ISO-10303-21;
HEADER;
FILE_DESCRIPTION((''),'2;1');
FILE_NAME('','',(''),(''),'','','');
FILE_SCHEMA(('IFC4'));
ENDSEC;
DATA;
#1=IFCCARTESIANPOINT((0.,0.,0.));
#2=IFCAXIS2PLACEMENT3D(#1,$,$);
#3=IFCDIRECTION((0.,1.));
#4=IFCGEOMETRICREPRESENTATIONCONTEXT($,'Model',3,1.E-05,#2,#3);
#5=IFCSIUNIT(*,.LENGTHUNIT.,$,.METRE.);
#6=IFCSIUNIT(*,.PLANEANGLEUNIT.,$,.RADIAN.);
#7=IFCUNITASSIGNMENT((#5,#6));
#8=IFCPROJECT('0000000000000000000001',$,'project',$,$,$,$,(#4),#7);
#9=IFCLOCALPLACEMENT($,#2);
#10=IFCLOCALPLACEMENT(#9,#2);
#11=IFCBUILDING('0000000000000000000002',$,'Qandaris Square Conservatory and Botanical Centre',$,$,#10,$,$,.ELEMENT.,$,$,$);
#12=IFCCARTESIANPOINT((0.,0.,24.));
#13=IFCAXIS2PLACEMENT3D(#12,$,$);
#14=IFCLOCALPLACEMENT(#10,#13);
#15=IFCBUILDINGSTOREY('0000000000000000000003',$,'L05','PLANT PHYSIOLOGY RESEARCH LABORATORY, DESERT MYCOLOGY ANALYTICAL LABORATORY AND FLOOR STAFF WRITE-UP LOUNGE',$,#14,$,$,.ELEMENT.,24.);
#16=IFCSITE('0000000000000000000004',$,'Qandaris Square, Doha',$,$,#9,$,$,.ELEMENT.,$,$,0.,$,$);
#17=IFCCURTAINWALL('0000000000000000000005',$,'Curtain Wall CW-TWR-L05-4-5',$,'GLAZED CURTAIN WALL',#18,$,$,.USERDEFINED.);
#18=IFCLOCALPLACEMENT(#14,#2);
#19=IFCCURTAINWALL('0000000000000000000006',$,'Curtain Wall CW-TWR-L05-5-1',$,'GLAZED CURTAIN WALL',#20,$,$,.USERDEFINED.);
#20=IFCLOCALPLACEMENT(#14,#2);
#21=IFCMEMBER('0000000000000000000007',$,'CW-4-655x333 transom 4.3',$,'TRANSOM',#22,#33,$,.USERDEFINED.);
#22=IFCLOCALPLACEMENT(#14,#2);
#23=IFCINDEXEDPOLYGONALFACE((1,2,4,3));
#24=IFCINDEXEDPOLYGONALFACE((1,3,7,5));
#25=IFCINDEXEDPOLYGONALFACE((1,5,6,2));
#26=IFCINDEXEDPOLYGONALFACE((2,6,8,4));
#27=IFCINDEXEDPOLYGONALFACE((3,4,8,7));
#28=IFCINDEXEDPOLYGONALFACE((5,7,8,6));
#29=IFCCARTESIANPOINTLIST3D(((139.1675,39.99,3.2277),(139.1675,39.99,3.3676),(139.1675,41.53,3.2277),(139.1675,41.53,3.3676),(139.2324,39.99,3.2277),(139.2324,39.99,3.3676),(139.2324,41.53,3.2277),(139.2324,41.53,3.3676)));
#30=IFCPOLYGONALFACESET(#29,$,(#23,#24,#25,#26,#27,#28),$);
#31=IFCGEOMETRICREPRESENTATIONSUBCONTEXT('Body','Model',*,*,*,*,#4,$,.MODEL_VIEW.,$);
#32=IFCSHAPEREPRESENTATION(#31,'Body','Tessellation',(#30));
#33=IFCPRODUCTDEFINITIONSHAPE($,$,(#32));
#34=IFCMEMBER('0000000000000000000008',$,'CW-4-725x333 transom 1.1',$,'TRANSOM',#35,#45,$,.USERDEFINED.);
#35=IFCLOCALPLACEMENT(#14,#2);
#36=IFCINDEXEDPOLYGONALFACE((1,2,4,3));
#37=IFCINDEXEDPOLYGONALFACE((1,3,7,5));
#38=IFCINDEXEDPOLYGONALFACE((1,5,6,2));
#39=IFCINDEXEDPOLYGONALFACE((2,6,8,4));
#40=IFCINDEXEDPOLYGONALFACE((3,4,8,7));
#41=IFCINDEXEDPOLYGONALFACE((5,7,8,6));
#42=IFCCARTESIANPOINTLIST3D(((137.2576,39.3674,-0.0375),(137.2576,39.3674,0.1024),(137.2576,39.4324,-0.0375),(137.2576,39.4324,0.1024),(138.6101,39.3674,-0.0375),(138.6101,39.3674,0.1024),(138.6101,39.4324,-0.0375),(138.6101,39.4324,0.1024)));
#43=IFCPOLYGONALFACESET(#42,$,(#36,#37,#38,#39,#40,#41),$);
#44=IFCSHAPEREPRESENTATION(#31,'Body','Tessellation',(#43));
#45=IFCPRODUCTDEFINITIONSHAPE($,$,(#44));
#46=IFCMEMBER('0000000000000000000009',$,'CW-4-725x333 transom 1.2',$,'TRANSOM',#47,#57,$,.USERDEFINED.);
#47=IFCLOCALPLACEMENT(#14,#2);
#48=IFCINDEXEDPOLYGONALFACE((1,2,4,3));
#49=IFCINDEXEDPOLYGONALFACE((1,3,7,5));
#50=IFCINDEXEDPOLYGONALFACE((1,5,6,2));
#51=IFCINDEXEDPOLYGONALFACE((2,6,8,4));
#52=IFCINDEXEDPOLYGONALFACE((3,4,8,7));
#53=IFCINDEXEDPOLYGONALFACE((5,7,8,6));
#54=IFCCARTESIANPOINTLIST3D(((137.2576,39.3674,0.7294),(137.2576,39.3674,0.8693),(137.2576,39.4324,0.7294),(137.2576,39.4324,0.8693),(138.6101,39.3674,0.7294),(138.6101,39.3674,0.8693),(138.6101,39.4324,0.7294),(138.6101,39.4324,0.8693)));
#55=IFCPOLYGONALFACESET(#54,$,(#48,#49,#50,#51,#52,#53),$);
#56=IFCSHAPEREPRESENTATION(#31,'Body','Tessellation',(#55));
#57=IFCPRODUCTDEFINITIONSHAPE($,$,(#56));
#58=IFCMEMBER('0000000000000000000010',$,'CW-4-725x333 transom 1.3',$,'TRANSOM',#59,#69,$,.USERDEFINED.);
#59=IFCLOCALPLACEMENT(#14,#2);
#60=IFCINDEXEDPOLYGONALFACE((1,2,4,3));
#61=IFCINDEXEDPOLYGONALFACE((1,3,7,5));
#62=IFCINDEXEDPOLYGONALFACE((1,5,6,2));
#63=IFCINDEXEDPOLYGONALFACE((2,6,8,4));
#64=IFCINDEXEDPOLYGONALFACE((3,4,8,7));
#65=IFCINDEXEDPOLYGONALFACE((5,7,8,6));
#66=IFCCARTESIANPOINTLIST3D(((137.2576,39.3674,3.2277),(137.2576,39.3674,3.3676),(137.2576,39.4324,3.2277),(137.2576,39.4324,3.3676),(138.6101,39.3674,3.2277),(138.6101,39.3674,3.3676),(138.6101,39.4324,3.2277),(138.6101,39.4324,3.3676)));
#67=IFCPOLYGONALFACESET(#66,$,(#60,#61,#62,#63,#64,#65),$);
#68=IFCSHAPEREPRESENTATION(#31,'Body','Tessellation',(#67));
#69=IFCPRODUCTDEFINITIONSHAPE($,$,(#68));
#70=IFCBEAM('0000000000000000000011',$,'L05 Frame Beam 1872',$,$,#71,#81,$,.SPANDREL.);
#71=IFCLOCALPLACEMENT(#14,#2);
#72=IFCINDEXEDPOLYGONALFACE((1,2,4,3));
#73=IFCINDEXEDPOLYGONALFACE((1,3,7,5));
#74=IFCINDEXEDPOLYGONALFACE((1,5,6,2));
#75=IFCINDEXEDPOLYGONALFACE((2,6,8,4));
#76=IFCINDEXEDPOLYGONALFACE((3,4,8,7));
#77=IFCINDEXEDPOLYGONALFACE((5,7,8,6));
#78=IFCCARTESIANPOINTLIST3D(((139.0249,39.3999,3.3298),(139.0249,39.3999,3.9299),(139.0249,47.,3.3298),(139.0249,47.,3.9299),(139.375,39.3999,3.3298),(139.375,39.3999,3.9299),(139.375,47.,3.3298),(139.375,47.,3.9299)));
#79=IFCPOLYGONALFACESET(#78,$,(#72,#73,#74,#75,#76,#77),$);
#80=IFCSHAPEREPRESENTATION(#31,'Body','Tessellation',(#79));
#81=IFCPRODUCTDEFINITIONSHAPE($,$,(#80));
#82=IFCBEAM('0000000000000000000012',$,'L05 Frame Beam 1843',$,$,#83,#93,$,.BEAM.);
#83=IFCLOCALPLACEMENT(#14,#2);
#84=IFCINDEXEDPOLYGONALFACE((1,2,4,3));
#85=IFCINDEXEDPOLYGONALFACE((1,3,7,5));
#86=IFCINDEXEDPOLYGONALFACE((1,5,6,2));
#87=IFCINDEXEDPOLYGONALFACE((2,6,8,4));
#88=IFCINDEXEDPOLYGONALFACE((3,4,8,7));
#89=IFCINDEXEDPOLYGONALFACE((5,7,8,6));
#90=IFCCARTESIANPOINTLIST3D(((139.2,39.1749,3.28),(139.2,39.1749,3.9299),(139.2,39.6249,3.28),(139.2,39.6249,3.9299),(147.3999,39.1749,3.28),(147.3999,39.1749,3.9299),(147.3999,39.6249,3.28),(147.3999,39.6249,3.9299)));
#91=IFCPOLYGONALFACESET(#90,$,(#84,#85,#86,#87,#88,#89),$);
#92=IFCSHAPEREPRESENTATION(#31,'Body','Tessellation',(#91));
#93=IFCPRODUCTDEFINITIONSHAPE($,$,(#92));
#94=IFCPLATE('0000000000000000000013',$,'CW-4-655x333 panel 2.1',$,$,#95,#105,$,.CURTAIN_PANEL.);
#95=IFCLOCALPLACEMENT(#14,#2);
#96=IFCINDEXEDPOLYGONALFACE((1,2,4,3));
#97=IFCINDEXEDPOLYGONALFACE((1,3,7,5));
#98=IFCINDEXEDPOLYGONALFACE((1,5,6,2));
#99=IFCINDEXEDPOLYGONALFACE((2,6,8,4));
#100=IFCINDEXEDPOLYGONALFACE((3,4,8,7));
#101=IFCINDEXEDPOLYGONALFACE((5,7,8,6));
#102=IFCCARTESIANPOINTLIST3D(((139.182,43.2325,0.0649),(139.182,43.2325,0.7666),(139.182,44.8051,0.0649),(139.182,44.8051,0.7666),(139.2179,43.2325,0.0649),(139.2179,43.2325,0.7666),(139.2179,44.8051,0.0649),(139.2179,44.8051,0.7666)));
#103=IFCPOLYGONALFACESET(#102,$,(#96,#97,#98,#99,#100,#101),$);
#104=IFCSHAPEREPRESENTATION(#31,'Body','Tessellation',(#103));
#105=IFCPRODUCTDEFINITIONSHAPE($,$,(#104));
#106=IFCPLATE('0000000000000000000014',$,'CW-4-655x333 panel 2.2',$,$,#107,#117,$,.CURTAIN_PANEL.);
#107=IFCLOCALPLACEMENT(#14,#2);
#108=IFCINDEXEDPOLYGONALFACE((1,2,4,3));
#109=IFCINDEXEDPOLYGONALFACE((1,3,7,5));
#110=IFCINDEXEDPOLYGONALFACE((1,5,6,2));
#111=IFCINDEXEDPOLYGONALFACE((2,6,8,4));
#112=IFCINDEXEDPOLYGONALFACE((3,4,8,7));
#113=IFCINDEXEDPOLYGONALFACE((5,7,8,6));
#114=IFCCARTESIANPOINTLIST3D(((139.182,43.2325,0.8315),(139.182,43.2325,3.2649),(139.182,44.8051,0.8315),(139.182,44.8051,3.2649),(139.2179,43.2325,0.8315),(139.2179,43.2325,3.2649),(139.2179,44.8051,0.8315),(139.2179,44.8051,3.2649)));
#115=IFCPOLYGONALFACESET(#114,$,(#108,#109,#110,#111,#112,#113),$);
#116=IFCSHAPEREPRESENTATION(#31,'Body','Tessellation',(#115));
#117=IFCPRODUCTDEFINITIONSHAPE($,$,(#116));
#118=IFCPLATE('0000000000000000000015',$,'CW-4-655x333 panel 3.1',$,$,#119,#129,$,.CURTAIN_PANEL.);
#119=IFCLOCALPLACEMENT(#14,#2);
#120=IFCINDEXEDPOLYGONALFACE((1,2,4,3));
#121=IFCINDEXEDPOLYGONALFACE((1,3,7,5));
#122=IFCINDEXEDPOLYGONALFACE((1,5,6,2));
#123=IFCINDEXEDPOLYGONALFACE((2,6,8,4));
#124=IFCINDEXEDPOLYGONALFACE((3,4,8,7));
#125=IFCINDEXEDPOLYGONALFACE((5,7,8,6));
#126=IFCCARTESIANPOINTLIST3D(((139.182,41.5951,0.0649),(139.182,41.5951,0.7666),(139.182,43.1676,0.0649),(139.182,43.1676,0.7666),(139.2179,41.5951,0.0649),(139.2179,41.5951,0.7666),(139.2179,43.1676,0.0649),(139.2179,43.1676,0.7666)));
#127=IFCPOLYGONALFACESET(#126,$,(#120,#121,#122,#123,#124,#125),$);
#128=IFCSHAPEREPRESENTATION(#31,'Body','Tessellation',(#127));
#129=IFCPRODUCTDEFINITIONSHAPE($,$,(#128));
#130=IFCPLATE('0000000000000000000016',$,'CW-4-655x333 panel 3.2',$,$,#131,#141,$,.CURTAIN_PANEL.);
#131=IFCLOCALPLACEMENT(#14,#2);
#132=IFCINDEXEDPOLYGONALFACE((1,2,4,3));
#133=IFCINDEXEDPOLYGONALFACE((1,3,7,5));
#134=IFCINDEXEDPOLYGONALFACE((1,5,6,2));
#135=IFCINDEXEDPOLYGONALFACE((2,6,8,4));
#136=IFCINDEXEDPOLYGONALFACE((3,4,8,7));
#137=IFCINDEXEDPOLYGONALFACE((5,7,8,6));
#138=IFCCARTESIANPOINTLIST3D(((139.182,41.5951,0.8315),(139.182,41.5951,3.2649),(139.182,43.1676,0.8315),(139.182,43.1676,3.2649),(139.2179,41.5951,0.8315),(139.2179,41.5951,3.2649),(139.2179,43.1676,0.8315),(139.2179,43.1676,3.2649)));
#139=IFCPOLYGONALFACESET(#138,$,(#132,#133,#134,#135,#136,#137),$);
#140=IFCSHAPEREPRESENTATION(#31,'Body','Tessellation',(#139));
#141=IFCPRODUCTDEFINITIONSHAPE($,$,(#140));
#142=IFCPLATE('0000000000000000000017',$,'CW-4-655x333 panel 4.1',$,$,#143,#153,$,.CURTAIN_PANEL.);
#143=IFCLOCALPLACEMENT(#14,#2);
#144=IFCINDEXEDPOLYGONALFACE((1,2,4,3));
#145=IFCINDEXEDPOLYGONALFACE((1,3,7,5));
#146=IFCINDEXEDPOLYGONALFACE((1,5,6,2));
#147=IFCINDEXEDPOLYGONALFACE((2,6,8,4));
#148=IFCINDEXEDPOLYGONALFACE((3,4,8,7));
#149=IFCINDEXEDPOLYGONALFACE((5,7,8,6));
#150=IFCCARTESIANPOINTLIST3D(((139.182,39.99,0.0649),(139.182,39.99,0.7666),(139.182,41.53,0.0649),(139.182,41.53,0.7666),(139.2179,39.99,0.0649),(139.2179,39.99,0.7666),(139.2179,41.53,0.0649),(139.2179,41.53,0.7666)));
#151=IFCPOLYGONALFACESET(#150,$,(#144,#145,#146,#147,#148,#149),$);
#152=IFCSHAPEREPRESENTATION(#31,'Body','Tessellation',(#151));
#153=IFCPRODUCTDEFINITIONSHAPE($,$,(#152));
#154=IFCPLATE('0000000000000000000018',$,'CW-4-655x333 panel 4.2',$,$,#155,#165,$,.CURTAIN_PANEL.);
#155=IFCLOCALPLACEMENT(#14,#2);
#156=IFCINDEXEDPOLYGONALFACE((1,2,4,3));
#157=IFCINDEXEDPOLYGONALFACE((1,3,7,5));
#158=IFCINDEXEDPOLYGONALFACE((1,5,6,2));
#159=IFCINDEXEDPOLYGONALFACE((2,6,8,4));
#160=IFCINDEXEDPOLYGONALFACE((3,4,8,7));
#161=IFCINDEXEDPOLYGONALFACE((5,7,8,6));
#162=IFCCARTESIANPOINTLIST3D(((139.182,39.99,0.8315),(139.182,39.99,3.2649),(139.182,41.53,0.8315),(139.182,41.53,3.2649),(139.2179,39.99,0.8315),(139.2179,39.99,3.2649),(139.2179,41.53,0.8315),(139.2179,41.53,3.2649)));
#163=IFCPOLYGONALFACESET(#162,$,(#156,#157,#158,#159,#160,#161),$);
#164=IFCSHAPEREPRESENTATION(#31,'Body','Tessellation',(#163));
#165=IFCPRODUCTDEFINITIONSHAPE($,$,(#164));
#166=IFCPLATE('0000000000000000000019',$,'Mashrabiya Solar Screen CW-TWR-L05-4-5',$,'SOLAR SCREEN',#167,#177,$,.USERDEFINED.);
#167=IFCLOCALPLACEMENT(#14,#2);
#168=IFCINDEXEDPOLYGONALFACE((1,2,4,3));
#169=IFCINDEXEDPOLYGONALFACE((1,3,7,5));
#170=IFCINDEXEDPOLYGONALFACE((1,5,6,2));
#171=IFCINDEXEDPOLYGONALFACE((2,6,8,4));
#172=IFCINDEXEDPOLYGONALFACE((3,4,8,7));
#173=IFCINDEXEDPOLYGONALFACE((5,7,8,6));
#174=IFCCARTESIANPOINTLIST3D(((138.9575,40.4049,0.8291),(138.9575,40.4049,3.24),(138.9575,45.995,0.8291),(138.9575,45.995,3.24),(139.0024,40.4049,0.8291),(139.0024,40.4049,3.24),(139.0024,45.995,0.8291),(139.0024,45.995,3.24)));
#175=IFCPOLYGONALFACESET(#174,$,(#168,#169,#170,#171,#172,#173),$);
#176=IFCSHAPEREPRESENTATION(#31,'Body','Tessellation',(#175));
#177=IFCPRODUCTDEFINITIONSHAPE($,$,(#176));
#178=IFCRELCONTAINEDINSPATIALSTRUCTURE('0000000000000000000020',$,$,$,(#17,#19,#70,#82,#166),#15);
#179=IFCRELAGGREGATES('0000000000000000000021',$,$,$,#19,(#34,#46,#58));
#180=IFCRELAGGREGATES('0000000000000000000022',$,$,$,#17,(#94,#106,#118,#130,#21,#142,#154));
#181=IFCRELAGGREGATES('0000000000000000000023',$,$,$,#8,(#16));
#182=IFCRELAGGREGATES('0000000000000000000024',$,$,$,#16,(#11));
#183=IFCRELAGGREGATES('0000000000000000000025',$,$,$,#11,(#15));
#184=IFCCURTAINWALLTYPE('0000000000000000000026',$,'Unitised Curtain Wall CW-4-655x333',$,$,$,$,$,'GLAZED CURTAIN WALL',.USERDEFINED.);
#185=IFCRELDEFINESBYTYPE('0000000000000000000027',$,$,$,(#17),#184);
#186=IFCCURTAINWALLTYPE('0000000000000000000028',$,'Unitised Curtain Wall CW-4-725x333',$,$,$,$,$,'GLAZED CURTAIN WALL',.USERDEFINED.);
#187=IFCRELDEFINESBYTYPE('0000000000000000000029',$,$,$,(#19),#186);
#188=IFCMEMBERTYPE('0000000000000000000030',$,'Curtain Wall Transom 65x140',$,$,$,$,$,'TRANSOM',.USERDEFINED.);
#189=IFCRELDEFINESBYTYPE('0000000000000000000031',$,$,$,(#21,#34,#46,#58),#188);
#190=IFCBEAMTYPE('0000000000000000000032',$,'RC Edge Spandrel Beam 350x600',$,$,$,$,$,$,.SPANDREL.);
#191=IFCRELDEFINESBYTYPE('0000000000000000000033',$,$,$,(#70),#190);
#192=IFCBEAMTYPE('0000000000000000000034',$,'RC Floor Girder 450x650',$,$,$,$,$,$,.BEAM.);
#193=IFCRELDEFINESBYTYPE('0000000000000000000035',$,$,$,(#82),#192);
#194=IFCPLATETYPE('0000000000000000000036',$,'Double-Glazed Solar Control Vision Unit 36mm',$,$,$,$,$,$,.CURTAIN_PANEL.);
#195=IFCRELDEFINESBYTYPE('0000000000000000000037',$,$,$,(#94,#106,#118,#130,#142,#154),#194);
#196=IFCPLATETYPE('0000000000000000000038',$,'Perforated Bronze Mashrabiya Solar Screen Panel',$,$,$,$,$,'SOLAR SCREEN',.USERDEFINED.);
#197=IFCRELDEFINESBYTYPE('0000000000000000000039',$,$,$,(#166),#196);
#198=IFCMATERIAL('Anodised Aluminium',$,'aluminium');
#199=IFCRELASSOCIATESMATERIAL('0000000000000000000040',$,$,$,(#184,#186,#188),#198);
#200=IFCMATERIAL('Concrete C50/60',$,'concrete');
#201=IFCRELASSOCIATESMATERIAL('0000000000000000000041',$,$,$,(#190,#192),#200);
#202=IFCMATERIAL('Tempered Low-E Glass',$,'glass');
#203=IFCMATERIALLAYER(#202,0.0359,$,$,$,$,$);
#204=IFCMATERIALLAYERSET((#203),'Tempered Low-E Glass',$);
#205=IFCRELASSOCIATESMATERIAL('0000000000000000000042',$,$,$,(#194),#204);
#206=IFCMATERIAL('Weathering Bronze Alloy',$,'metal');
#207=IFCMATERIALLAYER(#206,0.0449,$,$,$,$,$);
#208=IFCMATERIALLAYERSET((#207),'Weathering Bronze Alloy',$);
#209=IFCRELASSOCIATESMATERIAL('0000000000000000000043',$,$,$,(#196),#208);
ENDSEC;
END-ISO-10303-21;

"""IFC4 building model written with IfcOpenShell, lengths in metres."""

from ifc_helpers import new_model, si_unit, direction, frame, origin, origin_2d, place, context, subcontext, project, spatial, rectangle, extrude, material, layer, layer_set, material_profile, profile_set, type_object, element, aggregate, save


model = new_model("IFC4")

# Units and contexts
model_context = context("Model", 3, precision=1e-05, world=origin(), true_north=direction((0.0, 1.0)))
body_context = subcontext(model_context, "Body", "Model", "MODEL_VIEW")
ifc_project = project(units=[si_unit("LENGTHUNIT", "METRE"), si_unit("PLANEANGLEUNIT", "RADIAN")], contexts=[model_context])

# Site, building, storey
site_placement = place(None, origin())
site = spatial("IfcSite", under=ifc_project, at=site_placement, Name="Qandaris Square, Doha", CompositionType="ELEMENT", RefElevation=0.0)
building_placement = place(site_placement, origin())
building = spatial("IfcBuilding", under=site, at=building_placement, Name="Qandaris Square Conservatory and Botanical Centre", CompositionType="ELEMENT")
storey_placement = place(building_placement, frame((0.0, 0.0, 24.0)))
storey = spatial("IfcBuildingStorey", under=building, at=storey_placement, Name="L05", Description="PLANT PHYSIOLOGY RESEARCH LABORATORY, DESERT MYCOLOGY ANALYTICAL LABORATORY AND FLOOR STAFF WRITE-UP LOUNGE", CompositionType="ELEMENT", Elevation=24.0)

# Shared definitions
ifc_material_1 = material(Name="Concrete C50/60", Category="concrete")

# Curtain wall
ifc_material_2 = material(Name="Anodised Aluminium", Category="aluminium")
curtain_wall_type_1 = type_object("IfcCurtainWallType", Name="Unitised Curtain Wall CW-4-655x333", ElementType="GLAZED CURTAIN WALL", PredefinedType="USERDEFINED", material=ifc_material_2)
curtain_wall_1_placement = place(storey_placement, origin())
curtain_wall_1 = element("IfcCurtainWall", 1, at=curtain_wall_1_placement, inside=storey, type_object=curtain_wall_type_1, Name="Curtain Wall CW-TWR-L05-4-5", ObjectType="GLAZED CURTAIN WALL", PredefinedType="USERDEFINED")

# Curtain wall
curtain_wall_type_2 = type_object("IfcCurtainWallType", Name="Unitised Curtain Wall CW-4-725x333", ElementType="GLAZED CURTAIN WALL", PredefinedType="USERDEFINED", material=ifc_material_2)
curtain_wall_2_placement = place(storey_placement, origin())
curtain_wall_2 = element("IfcCurtainWall", 2, at=curtain_wall_2_placement, inside=storey, type_object=curtain_wall_type_2, Name="Curtain Wall CW-TWR-L05-5-1", ObjectType="GLAZED CURTAIN WALL", PredefinedType="USERDEFINED")

# Members
ifc_material_profile_1 = material_profile(ifc_material_2, rectangle(XDim=0.0649, YDim=0.1399, at=origin_2d()), Name="ALU-TRN 65x140")
ifc_profile_set_1 = profile_set([ifc_material_profile_1], Name="Anodised Aluminium")
member_type_1 = type_object("IfcMemberType", Name="Curtain Wall Transom 65x140", ElementType="TRANSOM", PredefinedType="USERDEFINED", material=ifc_profile_set_1)
member_1_placement = place(storey_placement, frame((139.2, 41.53, 3.2976), z_axis=(0.0, -1.0, 0.0), x_axis=(1.0, 0.0, 0.0)))
member_1 = element("IfcMember", 3, at=member_1_placement, type_object=member_type_1, Name="CW-4-655x333 transom 4.3", ObjectType="TRANSOM", PredefinedType="USERDEFINED", context=body_context, shape_type="SweptSolid", body=[
    extrude(rectangle(XDim=0.0649, YDim=0.1399, at=origin_2d()), origin(), (0.0, 0.0, 1.0), 1.54),
])
member_2_placement = place(storey_placement, frame((138.6101, 39.3999, 0.0325), z_axis=(-1.0, 0.0, 0.0), x_axis=(0.0, -1.0, 0.0)))
member_2 = element("IfcMember", 4, at=member_2_placement, type_object=member_type_1, Name="CW-4-725x333 transom 1.1", ObjectType="TRANSOM", PredefinedType="USERDEFINED", context=body_context, shape_type="SweptSolid", body=[
    extrude(rectangle(XDim=0.0649, YDim=0.1399, at=origin_2d()), origin(), (0.0, 0.0, 1.0), 1.3525),
])
member_3_placement = place(storey_placement, frame((138.6101, 39.3999, 0.7993), z_axis=(-1.0, 0.0, 0.0), x_axis=(0.0, -1.0, 0.0)))
member_3 = element("IfcMember", 5, at=member_3_placement, type_object=member_type_1, Name="CW-4-725x333 transom 1.2", ObjectType="TRANSOM", PredefinedType="USERDEFINED", context=body_context, shape_type="SweptSolid", body=[
    extrude(rectangle(XDim=0.0649, YDim=0.1399, at=origin_2d()), origin(), (0.0, 0.0, 1.0), 1.3525),
])
member_4_placement = place(storey_placement, frame((138.6101, 39.3999, 3.2976), z_axis=(-1.0, 0.0, 0.0), x_axis=(0.0, -1.0, 0.0)))
member_4 = element("IfcMember", 6, at=member_4_placement, type_object=member_type_1, Name="CW-4-725x333 transom 1.3", ObjectType="TRANSOM", PredefinedType="USERDEFINED", context=body_context, shape_type="SweptSolid", body=[
    extrude(rectangle(XDim=0.0649, YDim=0.1399, at=origin_2d()), origin(), (0.0, 0.0, 1.0), 1.3525),
])
aggregate(curtain_wall_2, [member_2, member_3, member_4])

# Beams
ifc_material_profile_2 = material_profile(ifc_material_1, rectangle(XDim=0.3501, YDim=0.6001, at=origin_2d()), Name="RC-SP 350x600")
ifc_profile_set_2 = profile_set([ifc_material_profile_2], Name="Concrete C50/60")
beam_type_1 = type_object("IfcBeamType", Name="RC Edge Spandrel Beam 350x600", PredefinedType="SPANDREL", material=ifc_profile_set_2)
beam_1_placement = place(storey_placement, frame((139.2, 39.3999, 3.6299), z_axis=(0.0, 1.0, 0.0), x_axis=(-1.0, 0.0, 0.0)))
element("IfcBeam", 7, at=beam_1_placement, inside=storey, type_object=beam_type_1, Name="L05 Frame Beam 1872", PredefinedType="SPANDREL", context=body_context, shape_type="SweptSolid", body=[
    extrude(rectangle(XDim=0.3501, YDim=0.6001, at=origin_2d()), origin(), (0.0, 0.0, 1.0), 7.6001),
])
ifc_material_profile_3 = material_profile(ifc_material_1, rectangle(XDim=0.45, YDim=0.6499, at=origin_2d()), Name="RC-BM 450x650")
ifc_profile_set_3 = profile_set([ifc_material_profile_3], Name="Concrete C50/60")
beam_type_2 = type_object("IfcBeamType", Name="RC Floor Girder 450x650", PredefinedType="BEAM", material=ifc_profile_set_3)
beam_2_placement = place(storey_placement, frame((139.2, 39.3999, 3.605), z_axis=(1.0, 0.0, 0.0), x_axis=(0.0, 1.0, 0.0)))
element("IfcBeam", 8, at=beam_2_placement, inside=storey, type_object=beam_type_2, Name="L05 Frame Beam 1843", PredefinedType="BEAM", context=body_context, shape_type="SweptSolid", body=[
    extrude(rectangle(XDim=0.45, YDim=0.6499, at=origin_2d()), origin(), (0.0, 0.0, 1.0), 8.2),
])

# Plates
ifc_material_3 = material(Name="Tempered Low-E Glass", Category="glass")
ifc_layer_1 = layer(ifc_material_3, 0.0359)
ifc_layer_set_1 = layer_set([ifc_layer_1], Name="Tempered Low-E Glass")
plate_type_1 = type_object("IfcPlateType", Name="Double-Glazed Solar Control Vision Unit 36mm", PredefinedType="CURTAIN_PANEL", material=ifc_layer_set_1)
plate_1_placement = place(storey_placement, frame((139.2, 44.0188, 0.0649), z_axis=(0.0, 0.0, 1.0), x_axis=(0.0, -1.0, 0.0)))
plate_1 = element("IfcPlate", 9, at=plate_1_placement, type_object=plate_type_1, Name="CW-4-655x333 panel 2.1", PredefinedType="CURTAIN_PANEL", context=body_context, shape_type="SweptSolid", body=[
    extrude(rectangle(XDim=1.5725, YDim=0.0359, at=origin_2d()), origin(), (0.0, 0.0, 1.0), 0.7017),
])
plate_2_placement = place(storey_placement, frame((139.2, 44.0188, 0.8315), z_axis=(0.0, 0.0, 1.0), x_axis=(0.0, -1.0, 0.0)))
plate_2 = element("IfcPlate", 10, at=plate_2_placement, type_object=plate_type_1, Name="CW-4-655x333 panel 2.2", PredefinedType="CURTAIN_PANEL", context=body_context, shape_type="SweptSolid", body=[
    extrude(rectangle(XDim=1.5725, YDim=0.0359, at=origin_2d()), origin(), (0.0, 0.0, 1.0), 2.4333),
])
plate_3_placement = place(storey_placement, frame((139.2, 42.3813, 0.0649), z_axis=(0.0, 0.0, 1.0), x_axis=(0.0, -1.0, 0.0)))
plate_3 = element("IfcPlate", 11, at=plate_3_placement, type_object=plate_type_1, Name="CW-4-655x333 panel 3.1", PredefinedType="CURTAIN_PANEL", context=body_context, shape_type="SweptSolid", body=[
    extrude(rectangle(XDim=1.5725, YDim=0.0359, at=origin_2d()), origin(), (0.0, 0.0, 1.0), 0.7017),
])
plate_4_placement = place(storey_placement, frame((139.2, 42.3813, 0.8315), z_axis=(0.0, 0.0, 1.0), x_axis=(0.0, -1.0, 0.0)))
plate_4 = element("IfcPlate", 12, at=plate_4_placement, type_object=plate_type_1, Name="CW-4-655x333 panel 3.2", PredefinedType="CURTAIN_PANEL", context=body_context, shape_type="SweptSolid", body=[
    extrude(rectangle(XDim=1.5725, YDim=0.0359, at=origin_2d()), origin(), (0.0, 0.0, 1.0), 2.4333),
])
plate_5_placement = place(storey_placement, frame((139.2, 40.76, 0.0649), z_axis=(0.0, 0.0, 1.0), x_axis=(0.0, -1.0, 0.0)))
plate_5 = element("IfcPlate", 13, at=plate_5_placement, type_object=plate_type_1, Name="CW-4-655x333 panel 4.1", PredefinedType="CURTAIN_PANEL", context=body_context, shape_type="SweptSolid", body=[
    extrude(rectangle(XDim=1.54, YDim=0.0359, at=origin_2d()), origin(), (0.0, 0.0, 1.0), 0.7017),
])
plate_6_placement = place(storey_placement, frame((139.2, 40.76, 0.8315), z_axis=(0.0, 0.0, 1.0), x_axis=(0.0, -1.0, 0.0)))
plate_6 = element("IfcPlate", 14, at=plate_6_placement, type_object=plate_type_1, Name="CW-4-655x333 panel 4.2", PredefinedType="CURTAIN_PANEL", context=body_context, shape_type="SweptSolid", body=[
    extrude(rectangle(XDim=1.54, YDim=0.0359, at=origin_2d()), origin(), (0.0, 0.0, 1.0), 2.4333),
])
aggregate(curtain_wall_1, [plate_1, plate_2, plate_3, plate_4, member_1, plate_5, plate_6])
ifc_material_4 = material(Name="Weathering Bronze Alloy", Category="metal")
ifc_layer_2 = layer(ifc_material_4, 0.0449)
ifc_layer_set_2 = layer_set([ifc_layer_2], Name="Weathering Bronze Alloy")
plate_type_2 = type_object("IfcPlateType", Name="Perforated Bronze Mashrabiya Solar Screen Panel", ElementType="SOLAR SCREEN", PredefinedType="USERDEFINED", material=ifc_layer_set_2)
plate_7_placement = place(storey_placement, frame((138.98, 43.2, 0.8291), z_axis=(0.0, 0.0, 1.0), x_axis=(0.0, -1.0, 0.0)))
element("IfcPlate", 15, at=plate_7_placement, inside=storey, type_object=plate_type_2, Name="Mashrabiya Solar Screen CW-TWR-L05-4-5", ObjectType="SOLAR SCREEN", PredefinedType="USERDEFINED", context=body_context, shape_type="SweptSolid", body=[
    extrude(rectangle(XDim=5.5901, YDim=0.0449, at=origin_2d()), origin(), (0.0, 0.0, 1.0), 2.4109),
])

save(model, "model.ifc")
